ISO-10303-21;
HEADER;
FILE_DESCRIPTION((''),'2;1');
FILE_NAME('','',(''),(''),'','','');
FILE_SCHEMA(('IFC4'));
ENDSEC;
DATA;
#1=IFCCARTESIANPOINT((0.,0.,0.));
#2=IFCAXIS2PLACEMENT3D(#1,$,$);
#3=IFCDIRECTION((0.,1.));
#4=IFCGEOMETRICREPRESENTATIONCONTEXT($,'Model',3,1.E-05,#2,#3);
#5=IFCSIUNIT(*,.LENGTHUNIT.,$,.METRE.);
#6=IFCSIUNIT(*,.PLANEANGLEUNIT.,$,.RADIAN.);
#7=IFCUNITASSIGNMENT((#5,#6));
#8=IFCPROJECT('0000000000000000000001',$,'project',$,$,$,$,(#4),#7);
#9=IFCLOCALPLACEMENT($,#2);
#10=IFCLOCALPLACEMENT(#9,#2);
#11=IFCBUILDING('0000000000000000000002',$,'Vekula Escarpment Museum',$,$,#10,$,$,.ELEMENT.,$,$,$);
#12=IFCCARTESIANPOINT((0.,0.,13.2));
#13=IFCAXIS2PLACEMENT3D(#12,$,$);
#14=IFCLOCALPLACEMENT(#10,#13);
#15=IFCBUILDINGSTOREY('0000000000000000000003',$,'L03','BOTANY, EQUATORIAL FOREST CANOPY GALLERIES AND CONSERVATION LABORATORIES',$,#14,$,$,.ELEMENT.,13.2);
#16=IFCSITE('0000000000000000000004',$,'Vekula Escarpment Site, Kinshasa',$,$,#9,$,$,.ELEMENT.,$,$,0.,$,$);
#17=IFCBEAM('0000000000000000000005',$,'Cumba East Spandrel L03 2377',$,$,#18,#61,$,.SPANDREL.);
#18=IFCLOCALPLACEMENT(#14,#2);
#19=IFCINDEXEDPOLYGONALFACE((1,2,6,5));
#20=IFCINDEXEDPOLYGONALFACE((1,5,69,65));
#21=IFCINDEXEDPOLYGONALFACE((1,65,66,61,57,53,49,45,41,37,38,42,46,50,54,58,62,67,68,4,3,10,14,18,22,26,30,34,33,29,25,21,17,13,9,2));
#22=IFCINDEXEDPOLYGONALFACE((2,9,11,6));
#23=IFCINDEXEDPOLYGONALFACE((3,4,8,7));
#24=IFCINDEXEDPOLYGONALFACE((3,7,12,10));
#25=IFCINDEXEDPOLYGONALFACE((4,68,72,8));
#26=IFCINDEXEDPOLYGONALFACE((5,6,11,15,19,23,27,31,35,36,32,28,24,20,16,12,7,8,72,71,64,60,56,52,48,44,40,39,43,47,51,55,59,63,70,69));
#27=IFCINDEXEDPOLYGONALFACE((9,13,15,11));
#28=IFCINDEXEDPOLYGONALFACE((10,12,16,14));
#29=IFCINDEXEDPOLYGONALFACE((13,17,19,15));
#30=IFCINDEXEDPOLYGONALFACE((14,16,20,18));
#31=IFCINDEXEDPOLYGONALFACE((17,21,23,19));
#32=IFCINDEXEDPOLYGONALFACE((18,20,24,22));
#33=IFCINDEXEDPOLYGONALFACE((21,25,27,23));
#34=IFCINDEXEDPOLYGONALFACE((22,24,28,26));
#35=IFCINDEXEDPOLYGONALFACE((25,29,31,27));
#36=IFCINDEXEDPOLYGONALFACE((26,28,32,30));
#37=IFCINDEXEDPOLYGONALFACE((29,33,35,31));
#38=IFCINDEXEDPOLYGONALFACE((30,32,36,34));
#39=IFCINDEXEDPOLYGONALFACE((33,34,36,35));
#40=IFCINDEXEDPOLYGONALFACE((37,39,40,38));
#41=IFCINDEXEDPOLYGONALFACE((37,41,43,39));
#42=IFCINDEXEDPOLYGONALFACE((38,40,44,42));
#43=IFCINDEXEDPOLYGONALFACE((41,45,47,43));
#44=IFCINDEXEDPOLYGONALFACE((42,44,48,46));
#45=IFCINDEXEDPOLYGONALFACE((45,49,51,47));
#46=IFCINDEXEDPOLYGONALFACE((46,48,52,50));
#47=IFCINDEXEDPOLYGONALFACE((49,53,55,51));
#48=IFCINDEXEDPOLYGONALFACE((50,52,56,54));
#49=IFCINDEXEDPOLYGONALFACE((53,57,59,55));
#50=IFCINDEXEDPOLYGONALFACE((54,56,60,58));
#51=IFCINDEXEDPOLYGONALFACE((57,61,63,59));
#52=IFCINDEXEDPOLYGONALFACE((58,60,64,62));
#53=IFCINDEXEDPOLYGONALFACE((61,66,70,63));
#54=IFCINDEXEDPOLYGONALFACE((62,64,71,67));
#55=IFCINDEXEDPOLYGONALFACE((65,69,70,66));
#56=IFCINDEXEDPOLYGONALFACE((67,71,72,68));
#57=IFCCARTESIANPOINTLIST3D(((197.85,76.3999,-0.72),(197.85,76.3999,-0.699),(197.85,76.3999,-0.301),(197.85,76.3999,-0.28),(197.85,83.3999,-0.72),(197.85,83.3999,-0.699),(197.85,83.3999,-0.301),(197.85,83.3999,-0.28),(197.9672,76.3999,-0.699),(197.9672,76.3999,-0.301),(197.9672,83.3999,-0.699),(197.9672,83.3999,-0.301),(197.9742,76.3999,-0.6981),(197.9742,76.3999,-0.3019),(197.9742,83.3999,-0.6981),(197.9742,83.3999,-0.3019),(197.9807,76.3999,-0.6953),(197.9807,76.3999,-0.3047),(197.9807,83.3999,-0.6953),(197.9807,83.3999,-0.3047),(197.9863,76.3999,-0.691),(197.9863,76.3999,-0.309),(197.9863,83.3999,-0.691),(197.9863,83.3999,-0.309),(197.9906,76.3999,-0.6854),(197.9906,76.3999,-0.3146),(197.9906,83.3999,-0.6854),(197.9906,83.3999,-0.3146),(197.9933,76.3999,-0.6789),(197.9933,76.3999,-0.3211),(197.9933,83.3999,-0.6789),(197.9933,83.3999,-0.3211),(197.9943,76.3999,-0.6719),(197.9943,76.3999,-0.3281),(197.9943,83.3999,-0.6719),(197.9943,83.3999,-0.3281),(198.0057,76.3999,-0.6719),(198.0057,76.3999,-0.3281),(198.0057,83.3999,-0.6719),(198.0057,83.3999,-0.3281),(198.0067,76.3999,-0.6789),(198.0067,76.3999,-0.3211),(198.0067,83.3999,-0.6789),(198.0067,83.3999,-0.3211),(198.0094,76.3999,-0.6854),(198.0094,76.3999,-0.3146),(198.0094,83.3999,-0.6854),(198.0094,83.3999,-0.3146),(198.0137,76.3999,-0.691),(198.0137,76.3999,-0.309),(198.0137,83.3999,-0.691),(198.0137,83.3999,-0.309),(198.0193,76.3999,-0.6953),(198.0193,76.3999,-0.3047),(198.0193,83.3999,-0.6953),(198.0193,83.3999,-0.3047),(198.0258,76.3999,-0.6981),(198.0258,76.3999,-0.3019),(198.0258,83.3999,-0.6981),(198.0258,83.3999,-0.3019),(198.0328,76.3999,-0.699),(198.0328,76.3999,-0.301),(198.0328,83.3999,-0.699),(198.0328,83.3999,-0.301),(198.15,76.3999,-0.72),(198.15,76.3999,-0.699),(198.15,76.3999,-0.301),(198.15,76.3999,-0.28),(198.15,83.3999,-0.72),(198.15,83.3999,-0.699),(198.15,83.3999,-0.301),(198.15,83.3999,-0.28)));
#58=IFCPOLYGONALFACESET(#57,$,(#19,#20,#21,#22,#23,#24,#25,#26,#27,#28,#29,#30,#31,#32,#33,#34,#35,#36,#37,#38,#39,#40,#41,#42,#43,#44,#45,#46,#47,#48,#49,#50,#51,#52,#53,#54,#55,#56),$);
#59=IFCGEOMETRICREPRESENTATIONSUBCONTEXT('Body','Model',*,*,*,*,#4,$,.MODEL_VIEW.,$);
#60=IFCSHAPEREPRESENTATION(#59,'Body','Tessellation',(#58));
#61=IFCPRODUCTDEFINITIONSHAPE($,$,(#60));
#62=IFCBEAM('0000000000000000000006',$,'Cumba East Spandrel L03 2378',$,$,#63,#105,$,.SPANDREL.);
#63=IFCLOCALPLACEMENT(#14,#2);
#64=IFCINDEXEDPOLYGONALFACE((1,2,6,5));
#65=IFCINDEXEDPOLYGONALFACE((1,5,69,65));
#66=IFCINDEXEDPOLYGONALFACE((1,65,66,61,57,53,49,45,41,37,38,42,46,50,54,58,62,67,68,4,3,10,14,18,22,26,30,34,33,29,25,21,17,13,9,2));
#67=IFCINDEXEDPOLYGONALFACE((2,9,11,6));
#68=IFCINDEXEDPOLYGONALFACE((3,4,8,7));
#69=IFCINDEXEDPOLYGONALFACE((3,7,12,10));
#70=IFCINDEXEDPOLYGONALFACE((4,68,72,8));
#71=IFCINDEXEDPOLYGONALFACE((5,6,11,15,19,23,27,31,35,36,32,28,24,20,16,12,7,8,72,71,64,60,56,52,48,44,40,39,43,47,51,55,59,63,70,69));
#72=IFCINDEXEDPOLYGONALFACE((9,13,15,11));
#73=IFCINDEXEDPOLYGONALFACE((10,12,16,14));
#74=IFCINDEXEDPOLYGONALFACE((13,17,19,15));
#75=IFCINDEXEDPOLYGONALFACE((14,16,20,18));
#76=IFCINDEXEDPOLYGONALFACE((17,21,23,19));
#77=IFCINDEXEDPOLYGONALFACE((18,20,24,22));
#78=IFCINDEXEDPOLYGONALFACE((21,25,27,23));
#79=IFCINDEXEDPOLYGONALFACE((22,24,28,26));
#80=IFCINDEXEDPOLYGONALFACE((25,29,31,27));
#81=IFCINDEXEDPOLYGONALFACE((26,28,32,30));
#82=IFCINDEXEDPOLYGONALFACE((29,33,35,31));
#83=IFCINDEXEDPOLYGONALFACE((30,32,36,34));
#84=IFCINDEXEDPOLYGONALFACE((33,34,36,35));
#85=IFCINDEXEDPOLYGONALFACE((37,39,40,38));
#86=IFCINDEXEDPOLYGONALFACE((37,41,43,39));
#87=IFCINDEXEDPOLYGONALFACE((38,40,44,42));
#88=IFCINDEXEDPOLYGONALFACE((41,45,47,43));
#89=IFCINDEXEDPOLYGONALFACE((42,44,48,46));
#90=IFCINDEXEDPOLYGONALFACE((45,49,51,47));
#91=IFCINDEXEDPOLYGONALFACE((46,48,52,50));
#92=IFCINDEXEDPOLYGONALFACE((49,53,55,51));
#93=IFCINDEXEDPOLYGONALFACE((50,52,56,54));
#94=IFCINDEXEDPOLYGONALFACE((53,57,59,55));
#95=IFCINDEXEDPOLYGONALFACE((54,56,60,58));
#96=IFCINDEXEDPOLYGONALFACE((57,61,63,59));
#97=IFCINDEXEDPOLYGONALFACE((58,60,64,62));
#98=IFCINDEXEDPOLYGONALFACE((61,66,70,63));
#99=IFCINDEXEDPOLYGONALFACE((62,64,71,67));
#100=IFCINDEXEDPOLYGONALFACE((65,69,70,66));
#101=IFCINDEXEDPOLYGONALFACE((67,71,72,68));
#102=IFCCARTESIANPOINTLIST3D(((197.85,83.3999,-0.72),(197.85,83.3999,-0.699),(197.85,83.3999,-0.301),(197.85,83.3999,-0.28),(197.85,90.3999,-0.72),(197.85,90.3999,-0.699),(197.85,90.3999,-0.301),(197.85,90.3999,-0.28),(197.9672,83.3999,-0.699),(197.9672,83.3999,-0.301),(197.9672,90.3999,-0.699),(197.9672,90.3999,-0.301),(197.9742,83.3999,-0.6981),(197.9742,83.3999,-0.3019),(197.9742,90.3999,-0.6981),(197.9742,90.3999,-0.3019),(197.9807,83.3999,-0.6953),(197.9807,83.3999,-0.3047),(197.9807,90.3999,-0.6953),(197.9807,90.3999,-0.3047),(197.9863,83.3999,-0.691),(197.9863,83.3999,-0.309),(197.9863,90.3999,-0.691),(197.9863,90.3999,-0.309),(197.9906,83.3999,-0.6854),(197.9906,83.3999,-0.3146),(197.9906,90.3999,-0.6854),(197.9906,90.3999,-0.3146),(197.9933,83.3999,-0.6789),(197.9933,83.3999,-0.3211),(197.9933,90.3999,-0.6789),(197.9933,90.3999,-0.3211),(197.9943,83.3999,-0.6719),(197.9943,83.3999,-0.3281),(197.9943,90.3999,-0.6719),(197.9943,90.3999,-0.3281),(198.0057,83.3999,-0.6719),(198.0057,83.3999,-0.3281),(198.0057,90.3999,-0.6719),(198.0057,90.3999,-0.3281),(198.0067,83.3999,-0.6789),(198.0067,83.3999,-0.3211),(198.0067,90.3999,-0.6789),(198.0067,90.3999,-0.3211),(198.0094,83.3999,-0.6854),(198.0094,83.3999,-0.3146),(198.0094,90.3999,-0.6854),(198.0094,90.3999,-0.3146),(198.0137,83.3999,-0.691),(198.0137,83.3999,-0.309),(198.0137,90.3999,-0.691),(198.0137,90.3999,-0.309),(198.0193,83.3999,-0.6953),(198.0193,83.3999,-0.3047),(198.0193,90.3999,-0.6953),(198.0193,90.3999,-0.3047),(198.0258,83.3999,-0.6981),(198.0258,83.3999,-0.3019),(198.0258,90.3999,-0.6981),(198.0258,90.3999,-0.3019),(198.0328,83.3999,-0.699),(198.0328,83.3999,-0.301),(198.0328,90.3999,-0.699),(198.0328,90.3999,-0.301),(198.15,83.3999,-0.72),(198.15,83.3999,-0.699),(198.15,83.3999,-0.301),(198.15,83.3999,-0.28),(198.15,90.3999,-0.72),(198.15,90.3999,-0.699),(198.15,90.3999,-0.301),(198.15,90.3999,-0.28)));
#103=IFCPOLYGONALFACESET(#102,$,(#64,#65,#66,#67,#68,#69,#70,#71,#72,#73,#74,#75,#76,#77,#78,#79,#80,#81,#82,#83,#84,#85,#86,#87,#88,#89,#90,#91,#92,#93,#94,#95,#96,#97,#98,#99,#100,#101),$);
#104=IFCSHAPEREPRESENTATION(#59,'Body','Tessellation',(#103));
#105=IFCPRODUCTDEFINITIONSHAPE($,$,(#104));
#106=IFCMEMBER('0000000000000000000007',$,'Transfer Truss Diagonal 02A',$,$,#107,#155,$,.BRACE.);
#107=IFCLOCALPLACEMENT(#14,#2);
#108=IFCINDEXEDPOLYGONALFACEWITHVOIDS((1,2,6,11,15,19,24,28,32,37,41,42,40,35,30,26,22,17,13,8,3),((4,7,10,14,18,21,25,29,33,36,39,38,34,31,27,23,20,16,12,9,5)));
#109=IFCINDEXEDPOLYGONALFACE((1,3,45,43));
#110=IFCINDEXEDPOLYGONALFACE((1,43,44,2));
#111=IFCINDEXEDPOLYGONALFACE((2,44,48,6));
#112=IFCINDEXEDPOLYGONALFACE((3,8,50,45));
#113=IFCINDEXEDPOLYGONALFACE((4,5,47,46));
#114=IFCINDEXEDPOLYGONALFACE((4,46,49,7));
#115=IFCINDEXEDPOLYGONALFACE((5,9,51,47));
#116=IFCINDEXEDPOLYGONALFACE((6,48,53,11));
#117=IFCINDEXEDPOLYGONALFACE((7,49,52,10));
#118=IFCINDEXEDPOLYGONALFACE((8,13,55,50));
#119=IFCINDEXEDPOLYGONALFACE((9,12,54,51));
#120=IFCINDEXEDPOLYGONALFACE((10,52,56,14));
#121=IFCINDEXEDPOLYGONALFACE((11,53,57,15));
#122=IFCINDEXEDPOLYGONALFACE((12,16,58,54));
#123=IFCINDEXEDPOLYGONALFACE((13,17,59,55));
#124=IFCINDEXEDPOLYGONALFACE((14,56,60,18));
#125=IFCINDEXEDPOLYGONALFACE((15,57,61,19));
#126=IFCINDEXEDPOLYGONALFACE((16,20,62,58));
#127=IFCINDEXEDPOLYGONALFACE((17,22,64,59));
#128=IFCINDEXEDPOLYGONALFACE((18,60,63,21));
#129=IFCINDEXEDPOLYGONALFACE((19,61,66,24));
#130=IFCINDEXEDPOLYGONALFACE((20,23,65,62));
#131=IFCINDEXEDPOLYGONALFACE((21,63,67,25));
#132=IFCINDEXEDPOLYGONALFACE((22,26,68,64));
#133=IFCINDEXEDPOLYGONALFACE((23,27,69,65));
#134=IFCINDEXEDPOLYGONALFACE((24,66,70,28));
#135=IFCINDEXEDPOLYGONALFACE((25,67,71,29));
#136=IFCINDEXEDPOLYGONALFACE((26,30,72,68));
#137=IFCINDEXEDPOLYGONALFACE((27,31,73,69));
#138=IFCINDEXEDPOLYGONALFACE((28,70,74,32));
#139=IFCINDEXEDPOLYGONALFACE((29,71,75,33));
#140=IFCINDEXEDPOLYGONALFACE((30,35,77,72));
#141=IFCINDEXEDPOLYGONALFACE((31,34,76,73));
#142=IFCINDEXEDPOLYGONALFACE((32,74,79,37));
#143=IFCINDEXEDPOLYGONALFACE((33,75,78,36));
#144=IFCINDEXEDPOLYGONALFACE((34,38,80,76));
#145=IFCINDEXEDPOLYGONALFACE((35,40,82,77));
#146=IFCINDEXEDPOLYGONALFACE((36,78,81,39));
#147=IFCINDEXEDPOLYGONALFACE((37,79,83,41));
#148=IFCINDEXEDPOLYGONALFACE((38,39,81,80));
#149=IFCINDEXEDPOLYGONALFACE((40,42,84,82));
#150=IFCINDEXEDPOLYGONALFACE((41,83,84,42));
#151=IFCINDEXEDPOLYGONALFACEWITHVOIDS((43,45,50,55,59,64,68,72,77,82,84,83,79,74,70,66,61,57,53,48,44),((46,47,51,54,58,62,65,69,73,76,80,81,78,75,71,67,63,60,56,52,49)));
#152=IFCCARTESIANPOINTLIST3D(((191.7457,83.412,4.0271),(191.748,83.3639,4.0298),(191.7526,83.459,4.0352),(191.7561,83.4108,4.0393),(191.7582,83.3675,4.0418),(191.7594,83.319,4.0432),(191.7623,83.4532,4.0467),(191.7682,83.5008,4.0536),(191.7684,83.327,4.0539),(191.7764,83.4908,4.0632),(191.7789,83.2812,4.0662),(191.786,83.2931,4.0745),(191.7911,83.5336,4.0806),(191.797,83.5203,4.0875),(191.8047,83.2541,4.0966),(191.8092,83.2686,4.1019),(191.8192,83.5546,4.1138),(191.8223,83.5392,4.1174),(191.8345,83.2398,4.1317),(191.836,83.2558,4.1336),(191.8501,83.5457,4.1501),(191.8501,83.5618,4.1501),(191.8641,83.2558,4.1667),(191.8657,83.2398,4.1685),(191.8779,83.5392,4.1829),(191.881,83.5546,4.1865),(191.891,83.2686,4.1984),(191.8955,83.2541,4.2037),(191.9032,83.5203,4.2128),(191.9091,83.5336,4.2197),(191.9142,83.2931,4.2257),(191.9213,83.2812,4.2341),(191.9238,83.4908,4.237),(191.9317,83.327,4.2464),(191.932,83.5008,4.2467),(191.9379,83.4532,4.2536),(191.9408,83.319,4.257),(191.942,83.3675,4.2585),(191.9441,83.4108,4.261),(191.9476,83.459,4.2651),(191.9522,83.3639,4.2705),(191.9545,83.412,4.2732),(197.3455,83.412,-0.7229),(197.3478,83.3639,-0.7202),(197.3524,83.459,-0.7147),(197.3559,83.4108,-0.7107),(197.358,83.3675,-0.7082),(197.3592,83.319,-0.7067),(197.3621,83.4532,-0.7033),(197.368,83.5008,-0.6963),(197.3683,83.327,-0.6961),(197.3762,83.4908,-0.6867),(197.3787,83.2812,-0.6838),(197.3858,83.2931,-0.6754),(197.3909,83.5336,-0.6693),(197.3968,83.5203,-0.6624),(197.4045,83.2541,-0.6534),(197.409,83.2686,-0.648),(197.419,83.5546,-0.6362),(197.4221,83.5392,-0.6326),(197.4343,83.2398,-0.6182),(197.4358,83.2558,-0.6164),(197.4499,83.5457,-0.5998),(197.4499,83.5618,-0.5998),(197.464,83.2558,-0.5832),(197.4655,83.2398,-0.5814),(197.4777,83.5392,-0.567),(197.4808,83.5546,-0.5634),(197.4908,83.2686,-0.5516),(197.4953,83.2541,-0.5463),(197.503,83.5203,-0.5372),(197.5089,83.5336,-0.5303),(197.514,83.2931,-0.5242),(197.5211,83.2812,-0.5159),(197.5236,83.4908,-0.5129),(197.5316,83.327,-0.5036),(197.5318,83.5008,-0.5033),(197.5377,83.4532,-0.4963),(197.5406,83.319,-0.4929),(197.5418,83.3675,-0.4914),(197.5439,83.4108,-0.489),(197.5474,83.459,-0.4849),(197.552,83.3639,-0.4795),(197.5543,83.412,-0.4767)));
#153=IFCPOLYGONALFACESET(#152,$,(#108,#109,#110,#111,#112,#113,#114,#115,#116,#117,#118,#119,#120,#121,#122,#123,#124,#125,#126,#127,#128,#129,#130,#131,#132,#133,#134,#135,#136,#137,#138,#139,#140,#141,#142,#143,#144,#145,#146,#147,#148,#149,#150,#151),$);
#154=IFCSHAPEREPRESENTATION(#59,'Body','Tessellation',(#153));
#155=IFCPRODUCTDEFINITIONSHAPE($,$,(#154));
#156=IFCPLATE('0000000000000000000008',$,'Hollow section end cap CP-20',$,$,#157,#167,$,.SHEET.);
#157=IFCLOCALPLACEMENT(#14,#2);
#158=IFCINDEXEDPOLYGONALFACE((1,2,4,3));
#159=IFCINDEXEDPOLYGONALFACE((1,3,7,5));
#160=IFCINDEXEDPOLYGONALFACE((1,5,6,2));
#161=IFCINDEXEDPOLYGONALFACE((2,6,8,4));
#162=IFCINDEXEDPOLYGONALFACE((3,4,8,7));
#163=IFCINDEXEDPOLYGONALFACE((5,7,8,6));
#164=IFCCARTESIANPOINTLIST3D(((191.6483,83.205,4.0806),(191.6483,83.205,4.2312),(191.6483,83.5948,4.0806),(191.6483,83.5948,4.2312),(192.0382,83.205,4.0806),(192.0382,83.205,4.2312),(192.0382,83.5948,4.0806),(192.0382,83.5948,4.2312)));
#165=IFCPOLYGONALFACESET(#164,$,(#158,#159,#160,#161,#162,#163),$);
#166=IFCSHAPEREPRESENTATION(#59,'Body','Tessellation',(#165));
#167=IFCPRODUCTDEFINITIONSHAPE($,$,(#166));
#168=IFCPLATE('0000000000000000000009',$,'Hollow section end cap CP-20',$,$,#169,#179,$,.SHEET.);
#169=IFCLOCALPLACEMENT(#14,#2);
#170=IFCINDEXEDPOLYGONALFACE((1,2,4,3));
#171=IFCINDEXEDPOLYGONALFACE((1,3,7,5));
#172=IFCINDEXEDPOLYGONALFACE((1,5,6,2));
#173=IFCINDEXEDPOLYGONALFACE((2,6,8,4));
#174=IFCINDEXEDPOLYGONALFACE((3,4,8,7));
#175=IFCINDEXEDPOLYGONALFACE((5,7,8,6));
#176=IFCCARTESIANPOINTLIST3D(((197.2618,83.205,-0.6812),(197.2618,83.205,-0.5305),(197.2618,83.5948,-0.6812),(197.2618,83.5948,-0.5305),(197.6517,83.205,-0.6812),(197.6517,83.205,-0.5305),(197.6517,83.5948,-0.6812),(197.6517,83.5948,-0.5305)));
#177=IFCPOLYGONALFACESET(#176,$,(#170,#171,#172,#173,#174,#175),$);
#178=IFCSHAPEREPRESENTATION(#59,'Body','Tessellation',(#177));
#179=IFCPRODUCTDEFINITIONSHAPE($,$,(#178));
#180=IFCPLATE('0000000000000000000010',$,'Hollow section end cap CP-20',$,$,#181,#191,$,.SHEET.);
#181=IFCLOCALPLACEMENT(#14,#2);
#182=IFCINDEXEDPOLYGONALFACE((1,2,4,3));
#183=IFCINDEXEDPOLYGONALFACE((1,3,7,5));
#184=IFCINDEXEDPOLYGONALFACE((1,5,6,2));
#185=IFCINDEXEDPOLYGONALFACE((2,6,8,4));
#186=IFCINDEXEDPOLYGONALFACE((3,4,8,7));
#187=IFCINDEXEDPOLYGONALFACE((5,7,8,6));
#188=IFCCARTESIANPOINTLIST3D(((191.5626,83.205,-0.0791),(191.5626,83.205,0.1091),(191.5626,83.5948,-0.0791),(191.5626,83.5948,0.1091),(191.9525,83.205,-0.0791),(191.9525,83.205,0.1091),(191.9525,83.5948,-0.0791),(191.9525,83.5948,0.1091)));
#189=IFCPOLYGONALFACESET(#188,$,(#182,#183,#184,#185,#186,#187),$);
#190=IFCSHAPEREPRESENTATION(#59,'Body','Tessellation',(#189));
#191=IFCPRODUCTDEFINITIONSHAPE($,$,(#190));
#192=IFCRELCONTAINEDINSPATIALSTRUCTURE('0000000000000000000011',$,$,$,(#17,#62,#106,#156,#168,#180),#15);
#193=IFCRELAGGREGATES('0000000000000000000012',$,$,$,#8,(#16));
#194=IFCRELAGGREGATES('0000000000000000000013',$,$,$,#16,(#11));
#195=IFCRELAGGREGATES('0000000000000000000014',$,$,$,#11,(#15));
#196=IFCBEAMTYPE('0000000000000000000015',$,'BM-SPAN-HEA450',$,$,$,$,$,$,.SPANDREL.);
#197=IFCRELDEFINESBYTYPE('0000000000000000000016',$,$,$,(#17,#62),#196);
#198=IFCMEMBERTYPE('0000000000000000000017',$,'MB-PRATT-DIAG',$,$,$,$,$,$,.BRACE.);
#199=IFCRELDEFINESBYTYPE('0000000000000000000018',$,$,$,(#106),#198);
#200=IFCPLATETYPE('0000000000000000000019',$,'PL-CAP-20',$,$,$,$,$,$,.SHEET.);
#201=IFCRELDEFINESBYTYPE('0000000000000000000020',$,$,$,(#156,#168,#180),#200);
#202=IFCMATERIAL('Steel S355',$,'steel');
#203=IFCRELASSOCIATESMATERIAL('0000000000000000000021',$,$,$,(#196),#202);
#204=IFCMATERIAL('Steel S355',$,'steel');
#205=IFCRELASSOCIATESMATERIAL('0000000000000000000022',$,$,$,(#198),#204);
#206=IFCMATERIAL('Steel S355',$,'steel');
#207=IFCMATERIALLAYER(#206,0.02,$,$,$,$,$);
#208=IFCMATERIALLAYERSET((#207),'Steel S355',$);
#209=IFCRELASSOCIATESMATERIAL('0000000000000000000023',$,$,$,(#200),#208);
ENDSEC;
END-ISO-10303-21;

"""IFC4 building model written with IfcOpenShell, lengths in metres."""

from ifc_helpers import new_model, si_unit, direction, frame, origin, origin_2d, place, context, subcontext, project, spatial, rectangle, hollow_circle, i_section, extrude, material, layer, layer_set, material_profile, profile_set, type_object, element, save


model = new_model("IFC4")

# Units and contexts
model_context = context("Model", 3, precision=1e-05, world=origin(), true_north=direction((0.0, 1.0)))
body_context = subcontext(model_context, "Body", "Model", "MODEL_VIEW")
ifc_project = project(units=[si_unit("LENGTHUNIT", "METRE"), si_unit("PLANEANGLEUNIT", "RADIAN")], contexts=[model_context])

# Site, building, storey
site_placement = place(None, origin())
site = spatial("IfcSite", under=ifc_project, at=site_placement, Name="Vekula Escarpment Site, Kinshasa", CompositionType="ELEMENT", RefElevation=0.0)
building_placement = place(site_placement, origin())
building = spatial("IfcBuilding", under=site, at=building_placement, Name="Vekula Escarpment Museum", CompositionType="ELEMENT")
storey_placement = place(building_placement, frame((0.0, 0.0, 13.2)))
storey = spatial("IfcBuildingStorey", under=building, at=storey_placement, Name="L03", Description="BOTANY, EQUATORIAL FOREST CANOPY GALLERIES AND CONSERVATION LABORATORIES", CompositionType="ELEMENT", Elevation=13.2)

# Beams
ifc_material_1 = material(Name="Steel S355", Category="steel")
ifc_material_profile_1 = material_profile(ifc_material_1, i_section(OverallWidth=0.3, OverallDepth=0.4399, WebThickness=0.0115, FlangeThickness=0.021, FilletRadius=0.0271, at=origin_2d()), Name="HEA 450")
ifc_profile_set_1 = profile_set([ifc_material_profile_1], Name="Steel S355")
beam_type_1 = type_object("IfcBeamType", Name="BM-SPAN-HEA450", PredefinedType="SPANDREL", material=ifc_profile_set_1)
for number, where, z_axis, x_axis, name in (
    (1, (198.0, 76.3999, -0.5), (0.0, 1.0, 0.0), (-1.0, 0.0, 0.0), "Cumba East Spandrel L03 2377"),
    (2, (198.0, 83.3999, -0.5), (0.0, 1.0, 0.0), (-1.0, 0.0, 0.0), "Cumba East Spandrel L03 2378"),
):
    element("IfcBeam", number, at=place(storey_placement, frame(where, z_axis=z_axis, x_axis=x_axis)), inside=storey, type_object=beam_type_1, Name=name, PredefinedType="SPANDREL", context=body_context, shape_type="SweptSolid", body=[
        extrude(i_section(OverallWidth=0.3, OverallDepth=0.4399, WebThickness=0.0115, FlangeThickness=0.021, FilletRadius=0.0271, at=origin_2d()), origin(), (0.0, 0.0, 1.0), 7.0),
    ])

# Member
ifc_material_2 = material(Name="Steel S355", Category="steel")
ifc_material_profile_2 = material_profile(ifc_material_2, hollow_circle(Radius=0.1619, WallThickness=0.0161, at=origin_2d()), Name="CHS 323.9x16")
ifc_profile_set_2 = profile_set([ifc_material_profile_2], Name="Steel S355")
member_type = type_object("IfcMemberType", Name="MB-PRATT-DIAG", PredefinedType="BRACE", material=ifc_profile_set_2)
member_placement = place(storey_placement, frame((191.8501, 83.3999, 4.1501), z_axis=(0.762603, 0.0, -0.646867), x_axis=(0.0, 1.0, 0.0)))
element("IfcMember", 3, at=member_placement, inside=storey, type_object=member_type, Name="Transfer Truss Diagonal 02A", PredefinedType="BRACE", context=body_context, shape_type="SweptSolid", body=[
    extrude(hollow_circle(Radius=0.1619, WallThickness=0.0161, at=origin_2d()), origin(), (0.0, 0.0, 1.0), 7.343),
])

# Plates
ifc_material_3 = material(Name="Steel S355", Category="steel")
ifc_layer_1 = layer(ifc_material_3, 0.02)
ifc_layer_set_1 = layer_set([ifc_layer_1], Name="Steel S355")
plate_type = type_object("IfcPlateType", Name="PL-CAP-20", PredefinedType="SHEET", material=ifc_layer_set_1)
for number, where, z_axis, x_axis, name in (
    (4, (191.8433, 83.3999, 4.0806), (0.0, 0.0, 1.0), (1.0, 0.0, 0.0), "Hollow section end cap CP-20"),
    (5, (197.4568, 83.3999, -0.6812), (0.0, 0.0, 1.0), (1.0, 0.0, 0.0), "Hollow section end cap CP-20"),
):
    element("IfcPlate", number, at=place(storey_placement, frame(where, z_axis=z_axis, x_axis=x_axis)), inside=storey, type_object=plate_type, Name=name, PredefinedType="SHEET", context=body_context, shape_type="SweptSolid", body=[
        extrude(rectangle(XDim=0.3899, YDim=0.3899, at=origin_2d()), origin(), (0.0, 0.0, 1.0), 0.1506),
    ])
plate_placement = place(storey_placement, frame((191.7576, 83.3999, -0.0791), z_axis=(0.0, 0.0, 1.0), x_axis=(1.0, 0.0, 0.0)))
element("IfcPlate", 6, at=plate_placement, inside=storey, type_object=plate_type, Name="Hollow section end cap CP-20", PredefinedType="SHEET", context=body_context, shape_type="SweptSolid", body=[
    extrude(rectangle(XDim=0.3899, YDim=0.3899, at=origin_2d()), origin(), (0.0, 0.0, 1.0), 0.1882),
])

save(model, "model.ifc")
